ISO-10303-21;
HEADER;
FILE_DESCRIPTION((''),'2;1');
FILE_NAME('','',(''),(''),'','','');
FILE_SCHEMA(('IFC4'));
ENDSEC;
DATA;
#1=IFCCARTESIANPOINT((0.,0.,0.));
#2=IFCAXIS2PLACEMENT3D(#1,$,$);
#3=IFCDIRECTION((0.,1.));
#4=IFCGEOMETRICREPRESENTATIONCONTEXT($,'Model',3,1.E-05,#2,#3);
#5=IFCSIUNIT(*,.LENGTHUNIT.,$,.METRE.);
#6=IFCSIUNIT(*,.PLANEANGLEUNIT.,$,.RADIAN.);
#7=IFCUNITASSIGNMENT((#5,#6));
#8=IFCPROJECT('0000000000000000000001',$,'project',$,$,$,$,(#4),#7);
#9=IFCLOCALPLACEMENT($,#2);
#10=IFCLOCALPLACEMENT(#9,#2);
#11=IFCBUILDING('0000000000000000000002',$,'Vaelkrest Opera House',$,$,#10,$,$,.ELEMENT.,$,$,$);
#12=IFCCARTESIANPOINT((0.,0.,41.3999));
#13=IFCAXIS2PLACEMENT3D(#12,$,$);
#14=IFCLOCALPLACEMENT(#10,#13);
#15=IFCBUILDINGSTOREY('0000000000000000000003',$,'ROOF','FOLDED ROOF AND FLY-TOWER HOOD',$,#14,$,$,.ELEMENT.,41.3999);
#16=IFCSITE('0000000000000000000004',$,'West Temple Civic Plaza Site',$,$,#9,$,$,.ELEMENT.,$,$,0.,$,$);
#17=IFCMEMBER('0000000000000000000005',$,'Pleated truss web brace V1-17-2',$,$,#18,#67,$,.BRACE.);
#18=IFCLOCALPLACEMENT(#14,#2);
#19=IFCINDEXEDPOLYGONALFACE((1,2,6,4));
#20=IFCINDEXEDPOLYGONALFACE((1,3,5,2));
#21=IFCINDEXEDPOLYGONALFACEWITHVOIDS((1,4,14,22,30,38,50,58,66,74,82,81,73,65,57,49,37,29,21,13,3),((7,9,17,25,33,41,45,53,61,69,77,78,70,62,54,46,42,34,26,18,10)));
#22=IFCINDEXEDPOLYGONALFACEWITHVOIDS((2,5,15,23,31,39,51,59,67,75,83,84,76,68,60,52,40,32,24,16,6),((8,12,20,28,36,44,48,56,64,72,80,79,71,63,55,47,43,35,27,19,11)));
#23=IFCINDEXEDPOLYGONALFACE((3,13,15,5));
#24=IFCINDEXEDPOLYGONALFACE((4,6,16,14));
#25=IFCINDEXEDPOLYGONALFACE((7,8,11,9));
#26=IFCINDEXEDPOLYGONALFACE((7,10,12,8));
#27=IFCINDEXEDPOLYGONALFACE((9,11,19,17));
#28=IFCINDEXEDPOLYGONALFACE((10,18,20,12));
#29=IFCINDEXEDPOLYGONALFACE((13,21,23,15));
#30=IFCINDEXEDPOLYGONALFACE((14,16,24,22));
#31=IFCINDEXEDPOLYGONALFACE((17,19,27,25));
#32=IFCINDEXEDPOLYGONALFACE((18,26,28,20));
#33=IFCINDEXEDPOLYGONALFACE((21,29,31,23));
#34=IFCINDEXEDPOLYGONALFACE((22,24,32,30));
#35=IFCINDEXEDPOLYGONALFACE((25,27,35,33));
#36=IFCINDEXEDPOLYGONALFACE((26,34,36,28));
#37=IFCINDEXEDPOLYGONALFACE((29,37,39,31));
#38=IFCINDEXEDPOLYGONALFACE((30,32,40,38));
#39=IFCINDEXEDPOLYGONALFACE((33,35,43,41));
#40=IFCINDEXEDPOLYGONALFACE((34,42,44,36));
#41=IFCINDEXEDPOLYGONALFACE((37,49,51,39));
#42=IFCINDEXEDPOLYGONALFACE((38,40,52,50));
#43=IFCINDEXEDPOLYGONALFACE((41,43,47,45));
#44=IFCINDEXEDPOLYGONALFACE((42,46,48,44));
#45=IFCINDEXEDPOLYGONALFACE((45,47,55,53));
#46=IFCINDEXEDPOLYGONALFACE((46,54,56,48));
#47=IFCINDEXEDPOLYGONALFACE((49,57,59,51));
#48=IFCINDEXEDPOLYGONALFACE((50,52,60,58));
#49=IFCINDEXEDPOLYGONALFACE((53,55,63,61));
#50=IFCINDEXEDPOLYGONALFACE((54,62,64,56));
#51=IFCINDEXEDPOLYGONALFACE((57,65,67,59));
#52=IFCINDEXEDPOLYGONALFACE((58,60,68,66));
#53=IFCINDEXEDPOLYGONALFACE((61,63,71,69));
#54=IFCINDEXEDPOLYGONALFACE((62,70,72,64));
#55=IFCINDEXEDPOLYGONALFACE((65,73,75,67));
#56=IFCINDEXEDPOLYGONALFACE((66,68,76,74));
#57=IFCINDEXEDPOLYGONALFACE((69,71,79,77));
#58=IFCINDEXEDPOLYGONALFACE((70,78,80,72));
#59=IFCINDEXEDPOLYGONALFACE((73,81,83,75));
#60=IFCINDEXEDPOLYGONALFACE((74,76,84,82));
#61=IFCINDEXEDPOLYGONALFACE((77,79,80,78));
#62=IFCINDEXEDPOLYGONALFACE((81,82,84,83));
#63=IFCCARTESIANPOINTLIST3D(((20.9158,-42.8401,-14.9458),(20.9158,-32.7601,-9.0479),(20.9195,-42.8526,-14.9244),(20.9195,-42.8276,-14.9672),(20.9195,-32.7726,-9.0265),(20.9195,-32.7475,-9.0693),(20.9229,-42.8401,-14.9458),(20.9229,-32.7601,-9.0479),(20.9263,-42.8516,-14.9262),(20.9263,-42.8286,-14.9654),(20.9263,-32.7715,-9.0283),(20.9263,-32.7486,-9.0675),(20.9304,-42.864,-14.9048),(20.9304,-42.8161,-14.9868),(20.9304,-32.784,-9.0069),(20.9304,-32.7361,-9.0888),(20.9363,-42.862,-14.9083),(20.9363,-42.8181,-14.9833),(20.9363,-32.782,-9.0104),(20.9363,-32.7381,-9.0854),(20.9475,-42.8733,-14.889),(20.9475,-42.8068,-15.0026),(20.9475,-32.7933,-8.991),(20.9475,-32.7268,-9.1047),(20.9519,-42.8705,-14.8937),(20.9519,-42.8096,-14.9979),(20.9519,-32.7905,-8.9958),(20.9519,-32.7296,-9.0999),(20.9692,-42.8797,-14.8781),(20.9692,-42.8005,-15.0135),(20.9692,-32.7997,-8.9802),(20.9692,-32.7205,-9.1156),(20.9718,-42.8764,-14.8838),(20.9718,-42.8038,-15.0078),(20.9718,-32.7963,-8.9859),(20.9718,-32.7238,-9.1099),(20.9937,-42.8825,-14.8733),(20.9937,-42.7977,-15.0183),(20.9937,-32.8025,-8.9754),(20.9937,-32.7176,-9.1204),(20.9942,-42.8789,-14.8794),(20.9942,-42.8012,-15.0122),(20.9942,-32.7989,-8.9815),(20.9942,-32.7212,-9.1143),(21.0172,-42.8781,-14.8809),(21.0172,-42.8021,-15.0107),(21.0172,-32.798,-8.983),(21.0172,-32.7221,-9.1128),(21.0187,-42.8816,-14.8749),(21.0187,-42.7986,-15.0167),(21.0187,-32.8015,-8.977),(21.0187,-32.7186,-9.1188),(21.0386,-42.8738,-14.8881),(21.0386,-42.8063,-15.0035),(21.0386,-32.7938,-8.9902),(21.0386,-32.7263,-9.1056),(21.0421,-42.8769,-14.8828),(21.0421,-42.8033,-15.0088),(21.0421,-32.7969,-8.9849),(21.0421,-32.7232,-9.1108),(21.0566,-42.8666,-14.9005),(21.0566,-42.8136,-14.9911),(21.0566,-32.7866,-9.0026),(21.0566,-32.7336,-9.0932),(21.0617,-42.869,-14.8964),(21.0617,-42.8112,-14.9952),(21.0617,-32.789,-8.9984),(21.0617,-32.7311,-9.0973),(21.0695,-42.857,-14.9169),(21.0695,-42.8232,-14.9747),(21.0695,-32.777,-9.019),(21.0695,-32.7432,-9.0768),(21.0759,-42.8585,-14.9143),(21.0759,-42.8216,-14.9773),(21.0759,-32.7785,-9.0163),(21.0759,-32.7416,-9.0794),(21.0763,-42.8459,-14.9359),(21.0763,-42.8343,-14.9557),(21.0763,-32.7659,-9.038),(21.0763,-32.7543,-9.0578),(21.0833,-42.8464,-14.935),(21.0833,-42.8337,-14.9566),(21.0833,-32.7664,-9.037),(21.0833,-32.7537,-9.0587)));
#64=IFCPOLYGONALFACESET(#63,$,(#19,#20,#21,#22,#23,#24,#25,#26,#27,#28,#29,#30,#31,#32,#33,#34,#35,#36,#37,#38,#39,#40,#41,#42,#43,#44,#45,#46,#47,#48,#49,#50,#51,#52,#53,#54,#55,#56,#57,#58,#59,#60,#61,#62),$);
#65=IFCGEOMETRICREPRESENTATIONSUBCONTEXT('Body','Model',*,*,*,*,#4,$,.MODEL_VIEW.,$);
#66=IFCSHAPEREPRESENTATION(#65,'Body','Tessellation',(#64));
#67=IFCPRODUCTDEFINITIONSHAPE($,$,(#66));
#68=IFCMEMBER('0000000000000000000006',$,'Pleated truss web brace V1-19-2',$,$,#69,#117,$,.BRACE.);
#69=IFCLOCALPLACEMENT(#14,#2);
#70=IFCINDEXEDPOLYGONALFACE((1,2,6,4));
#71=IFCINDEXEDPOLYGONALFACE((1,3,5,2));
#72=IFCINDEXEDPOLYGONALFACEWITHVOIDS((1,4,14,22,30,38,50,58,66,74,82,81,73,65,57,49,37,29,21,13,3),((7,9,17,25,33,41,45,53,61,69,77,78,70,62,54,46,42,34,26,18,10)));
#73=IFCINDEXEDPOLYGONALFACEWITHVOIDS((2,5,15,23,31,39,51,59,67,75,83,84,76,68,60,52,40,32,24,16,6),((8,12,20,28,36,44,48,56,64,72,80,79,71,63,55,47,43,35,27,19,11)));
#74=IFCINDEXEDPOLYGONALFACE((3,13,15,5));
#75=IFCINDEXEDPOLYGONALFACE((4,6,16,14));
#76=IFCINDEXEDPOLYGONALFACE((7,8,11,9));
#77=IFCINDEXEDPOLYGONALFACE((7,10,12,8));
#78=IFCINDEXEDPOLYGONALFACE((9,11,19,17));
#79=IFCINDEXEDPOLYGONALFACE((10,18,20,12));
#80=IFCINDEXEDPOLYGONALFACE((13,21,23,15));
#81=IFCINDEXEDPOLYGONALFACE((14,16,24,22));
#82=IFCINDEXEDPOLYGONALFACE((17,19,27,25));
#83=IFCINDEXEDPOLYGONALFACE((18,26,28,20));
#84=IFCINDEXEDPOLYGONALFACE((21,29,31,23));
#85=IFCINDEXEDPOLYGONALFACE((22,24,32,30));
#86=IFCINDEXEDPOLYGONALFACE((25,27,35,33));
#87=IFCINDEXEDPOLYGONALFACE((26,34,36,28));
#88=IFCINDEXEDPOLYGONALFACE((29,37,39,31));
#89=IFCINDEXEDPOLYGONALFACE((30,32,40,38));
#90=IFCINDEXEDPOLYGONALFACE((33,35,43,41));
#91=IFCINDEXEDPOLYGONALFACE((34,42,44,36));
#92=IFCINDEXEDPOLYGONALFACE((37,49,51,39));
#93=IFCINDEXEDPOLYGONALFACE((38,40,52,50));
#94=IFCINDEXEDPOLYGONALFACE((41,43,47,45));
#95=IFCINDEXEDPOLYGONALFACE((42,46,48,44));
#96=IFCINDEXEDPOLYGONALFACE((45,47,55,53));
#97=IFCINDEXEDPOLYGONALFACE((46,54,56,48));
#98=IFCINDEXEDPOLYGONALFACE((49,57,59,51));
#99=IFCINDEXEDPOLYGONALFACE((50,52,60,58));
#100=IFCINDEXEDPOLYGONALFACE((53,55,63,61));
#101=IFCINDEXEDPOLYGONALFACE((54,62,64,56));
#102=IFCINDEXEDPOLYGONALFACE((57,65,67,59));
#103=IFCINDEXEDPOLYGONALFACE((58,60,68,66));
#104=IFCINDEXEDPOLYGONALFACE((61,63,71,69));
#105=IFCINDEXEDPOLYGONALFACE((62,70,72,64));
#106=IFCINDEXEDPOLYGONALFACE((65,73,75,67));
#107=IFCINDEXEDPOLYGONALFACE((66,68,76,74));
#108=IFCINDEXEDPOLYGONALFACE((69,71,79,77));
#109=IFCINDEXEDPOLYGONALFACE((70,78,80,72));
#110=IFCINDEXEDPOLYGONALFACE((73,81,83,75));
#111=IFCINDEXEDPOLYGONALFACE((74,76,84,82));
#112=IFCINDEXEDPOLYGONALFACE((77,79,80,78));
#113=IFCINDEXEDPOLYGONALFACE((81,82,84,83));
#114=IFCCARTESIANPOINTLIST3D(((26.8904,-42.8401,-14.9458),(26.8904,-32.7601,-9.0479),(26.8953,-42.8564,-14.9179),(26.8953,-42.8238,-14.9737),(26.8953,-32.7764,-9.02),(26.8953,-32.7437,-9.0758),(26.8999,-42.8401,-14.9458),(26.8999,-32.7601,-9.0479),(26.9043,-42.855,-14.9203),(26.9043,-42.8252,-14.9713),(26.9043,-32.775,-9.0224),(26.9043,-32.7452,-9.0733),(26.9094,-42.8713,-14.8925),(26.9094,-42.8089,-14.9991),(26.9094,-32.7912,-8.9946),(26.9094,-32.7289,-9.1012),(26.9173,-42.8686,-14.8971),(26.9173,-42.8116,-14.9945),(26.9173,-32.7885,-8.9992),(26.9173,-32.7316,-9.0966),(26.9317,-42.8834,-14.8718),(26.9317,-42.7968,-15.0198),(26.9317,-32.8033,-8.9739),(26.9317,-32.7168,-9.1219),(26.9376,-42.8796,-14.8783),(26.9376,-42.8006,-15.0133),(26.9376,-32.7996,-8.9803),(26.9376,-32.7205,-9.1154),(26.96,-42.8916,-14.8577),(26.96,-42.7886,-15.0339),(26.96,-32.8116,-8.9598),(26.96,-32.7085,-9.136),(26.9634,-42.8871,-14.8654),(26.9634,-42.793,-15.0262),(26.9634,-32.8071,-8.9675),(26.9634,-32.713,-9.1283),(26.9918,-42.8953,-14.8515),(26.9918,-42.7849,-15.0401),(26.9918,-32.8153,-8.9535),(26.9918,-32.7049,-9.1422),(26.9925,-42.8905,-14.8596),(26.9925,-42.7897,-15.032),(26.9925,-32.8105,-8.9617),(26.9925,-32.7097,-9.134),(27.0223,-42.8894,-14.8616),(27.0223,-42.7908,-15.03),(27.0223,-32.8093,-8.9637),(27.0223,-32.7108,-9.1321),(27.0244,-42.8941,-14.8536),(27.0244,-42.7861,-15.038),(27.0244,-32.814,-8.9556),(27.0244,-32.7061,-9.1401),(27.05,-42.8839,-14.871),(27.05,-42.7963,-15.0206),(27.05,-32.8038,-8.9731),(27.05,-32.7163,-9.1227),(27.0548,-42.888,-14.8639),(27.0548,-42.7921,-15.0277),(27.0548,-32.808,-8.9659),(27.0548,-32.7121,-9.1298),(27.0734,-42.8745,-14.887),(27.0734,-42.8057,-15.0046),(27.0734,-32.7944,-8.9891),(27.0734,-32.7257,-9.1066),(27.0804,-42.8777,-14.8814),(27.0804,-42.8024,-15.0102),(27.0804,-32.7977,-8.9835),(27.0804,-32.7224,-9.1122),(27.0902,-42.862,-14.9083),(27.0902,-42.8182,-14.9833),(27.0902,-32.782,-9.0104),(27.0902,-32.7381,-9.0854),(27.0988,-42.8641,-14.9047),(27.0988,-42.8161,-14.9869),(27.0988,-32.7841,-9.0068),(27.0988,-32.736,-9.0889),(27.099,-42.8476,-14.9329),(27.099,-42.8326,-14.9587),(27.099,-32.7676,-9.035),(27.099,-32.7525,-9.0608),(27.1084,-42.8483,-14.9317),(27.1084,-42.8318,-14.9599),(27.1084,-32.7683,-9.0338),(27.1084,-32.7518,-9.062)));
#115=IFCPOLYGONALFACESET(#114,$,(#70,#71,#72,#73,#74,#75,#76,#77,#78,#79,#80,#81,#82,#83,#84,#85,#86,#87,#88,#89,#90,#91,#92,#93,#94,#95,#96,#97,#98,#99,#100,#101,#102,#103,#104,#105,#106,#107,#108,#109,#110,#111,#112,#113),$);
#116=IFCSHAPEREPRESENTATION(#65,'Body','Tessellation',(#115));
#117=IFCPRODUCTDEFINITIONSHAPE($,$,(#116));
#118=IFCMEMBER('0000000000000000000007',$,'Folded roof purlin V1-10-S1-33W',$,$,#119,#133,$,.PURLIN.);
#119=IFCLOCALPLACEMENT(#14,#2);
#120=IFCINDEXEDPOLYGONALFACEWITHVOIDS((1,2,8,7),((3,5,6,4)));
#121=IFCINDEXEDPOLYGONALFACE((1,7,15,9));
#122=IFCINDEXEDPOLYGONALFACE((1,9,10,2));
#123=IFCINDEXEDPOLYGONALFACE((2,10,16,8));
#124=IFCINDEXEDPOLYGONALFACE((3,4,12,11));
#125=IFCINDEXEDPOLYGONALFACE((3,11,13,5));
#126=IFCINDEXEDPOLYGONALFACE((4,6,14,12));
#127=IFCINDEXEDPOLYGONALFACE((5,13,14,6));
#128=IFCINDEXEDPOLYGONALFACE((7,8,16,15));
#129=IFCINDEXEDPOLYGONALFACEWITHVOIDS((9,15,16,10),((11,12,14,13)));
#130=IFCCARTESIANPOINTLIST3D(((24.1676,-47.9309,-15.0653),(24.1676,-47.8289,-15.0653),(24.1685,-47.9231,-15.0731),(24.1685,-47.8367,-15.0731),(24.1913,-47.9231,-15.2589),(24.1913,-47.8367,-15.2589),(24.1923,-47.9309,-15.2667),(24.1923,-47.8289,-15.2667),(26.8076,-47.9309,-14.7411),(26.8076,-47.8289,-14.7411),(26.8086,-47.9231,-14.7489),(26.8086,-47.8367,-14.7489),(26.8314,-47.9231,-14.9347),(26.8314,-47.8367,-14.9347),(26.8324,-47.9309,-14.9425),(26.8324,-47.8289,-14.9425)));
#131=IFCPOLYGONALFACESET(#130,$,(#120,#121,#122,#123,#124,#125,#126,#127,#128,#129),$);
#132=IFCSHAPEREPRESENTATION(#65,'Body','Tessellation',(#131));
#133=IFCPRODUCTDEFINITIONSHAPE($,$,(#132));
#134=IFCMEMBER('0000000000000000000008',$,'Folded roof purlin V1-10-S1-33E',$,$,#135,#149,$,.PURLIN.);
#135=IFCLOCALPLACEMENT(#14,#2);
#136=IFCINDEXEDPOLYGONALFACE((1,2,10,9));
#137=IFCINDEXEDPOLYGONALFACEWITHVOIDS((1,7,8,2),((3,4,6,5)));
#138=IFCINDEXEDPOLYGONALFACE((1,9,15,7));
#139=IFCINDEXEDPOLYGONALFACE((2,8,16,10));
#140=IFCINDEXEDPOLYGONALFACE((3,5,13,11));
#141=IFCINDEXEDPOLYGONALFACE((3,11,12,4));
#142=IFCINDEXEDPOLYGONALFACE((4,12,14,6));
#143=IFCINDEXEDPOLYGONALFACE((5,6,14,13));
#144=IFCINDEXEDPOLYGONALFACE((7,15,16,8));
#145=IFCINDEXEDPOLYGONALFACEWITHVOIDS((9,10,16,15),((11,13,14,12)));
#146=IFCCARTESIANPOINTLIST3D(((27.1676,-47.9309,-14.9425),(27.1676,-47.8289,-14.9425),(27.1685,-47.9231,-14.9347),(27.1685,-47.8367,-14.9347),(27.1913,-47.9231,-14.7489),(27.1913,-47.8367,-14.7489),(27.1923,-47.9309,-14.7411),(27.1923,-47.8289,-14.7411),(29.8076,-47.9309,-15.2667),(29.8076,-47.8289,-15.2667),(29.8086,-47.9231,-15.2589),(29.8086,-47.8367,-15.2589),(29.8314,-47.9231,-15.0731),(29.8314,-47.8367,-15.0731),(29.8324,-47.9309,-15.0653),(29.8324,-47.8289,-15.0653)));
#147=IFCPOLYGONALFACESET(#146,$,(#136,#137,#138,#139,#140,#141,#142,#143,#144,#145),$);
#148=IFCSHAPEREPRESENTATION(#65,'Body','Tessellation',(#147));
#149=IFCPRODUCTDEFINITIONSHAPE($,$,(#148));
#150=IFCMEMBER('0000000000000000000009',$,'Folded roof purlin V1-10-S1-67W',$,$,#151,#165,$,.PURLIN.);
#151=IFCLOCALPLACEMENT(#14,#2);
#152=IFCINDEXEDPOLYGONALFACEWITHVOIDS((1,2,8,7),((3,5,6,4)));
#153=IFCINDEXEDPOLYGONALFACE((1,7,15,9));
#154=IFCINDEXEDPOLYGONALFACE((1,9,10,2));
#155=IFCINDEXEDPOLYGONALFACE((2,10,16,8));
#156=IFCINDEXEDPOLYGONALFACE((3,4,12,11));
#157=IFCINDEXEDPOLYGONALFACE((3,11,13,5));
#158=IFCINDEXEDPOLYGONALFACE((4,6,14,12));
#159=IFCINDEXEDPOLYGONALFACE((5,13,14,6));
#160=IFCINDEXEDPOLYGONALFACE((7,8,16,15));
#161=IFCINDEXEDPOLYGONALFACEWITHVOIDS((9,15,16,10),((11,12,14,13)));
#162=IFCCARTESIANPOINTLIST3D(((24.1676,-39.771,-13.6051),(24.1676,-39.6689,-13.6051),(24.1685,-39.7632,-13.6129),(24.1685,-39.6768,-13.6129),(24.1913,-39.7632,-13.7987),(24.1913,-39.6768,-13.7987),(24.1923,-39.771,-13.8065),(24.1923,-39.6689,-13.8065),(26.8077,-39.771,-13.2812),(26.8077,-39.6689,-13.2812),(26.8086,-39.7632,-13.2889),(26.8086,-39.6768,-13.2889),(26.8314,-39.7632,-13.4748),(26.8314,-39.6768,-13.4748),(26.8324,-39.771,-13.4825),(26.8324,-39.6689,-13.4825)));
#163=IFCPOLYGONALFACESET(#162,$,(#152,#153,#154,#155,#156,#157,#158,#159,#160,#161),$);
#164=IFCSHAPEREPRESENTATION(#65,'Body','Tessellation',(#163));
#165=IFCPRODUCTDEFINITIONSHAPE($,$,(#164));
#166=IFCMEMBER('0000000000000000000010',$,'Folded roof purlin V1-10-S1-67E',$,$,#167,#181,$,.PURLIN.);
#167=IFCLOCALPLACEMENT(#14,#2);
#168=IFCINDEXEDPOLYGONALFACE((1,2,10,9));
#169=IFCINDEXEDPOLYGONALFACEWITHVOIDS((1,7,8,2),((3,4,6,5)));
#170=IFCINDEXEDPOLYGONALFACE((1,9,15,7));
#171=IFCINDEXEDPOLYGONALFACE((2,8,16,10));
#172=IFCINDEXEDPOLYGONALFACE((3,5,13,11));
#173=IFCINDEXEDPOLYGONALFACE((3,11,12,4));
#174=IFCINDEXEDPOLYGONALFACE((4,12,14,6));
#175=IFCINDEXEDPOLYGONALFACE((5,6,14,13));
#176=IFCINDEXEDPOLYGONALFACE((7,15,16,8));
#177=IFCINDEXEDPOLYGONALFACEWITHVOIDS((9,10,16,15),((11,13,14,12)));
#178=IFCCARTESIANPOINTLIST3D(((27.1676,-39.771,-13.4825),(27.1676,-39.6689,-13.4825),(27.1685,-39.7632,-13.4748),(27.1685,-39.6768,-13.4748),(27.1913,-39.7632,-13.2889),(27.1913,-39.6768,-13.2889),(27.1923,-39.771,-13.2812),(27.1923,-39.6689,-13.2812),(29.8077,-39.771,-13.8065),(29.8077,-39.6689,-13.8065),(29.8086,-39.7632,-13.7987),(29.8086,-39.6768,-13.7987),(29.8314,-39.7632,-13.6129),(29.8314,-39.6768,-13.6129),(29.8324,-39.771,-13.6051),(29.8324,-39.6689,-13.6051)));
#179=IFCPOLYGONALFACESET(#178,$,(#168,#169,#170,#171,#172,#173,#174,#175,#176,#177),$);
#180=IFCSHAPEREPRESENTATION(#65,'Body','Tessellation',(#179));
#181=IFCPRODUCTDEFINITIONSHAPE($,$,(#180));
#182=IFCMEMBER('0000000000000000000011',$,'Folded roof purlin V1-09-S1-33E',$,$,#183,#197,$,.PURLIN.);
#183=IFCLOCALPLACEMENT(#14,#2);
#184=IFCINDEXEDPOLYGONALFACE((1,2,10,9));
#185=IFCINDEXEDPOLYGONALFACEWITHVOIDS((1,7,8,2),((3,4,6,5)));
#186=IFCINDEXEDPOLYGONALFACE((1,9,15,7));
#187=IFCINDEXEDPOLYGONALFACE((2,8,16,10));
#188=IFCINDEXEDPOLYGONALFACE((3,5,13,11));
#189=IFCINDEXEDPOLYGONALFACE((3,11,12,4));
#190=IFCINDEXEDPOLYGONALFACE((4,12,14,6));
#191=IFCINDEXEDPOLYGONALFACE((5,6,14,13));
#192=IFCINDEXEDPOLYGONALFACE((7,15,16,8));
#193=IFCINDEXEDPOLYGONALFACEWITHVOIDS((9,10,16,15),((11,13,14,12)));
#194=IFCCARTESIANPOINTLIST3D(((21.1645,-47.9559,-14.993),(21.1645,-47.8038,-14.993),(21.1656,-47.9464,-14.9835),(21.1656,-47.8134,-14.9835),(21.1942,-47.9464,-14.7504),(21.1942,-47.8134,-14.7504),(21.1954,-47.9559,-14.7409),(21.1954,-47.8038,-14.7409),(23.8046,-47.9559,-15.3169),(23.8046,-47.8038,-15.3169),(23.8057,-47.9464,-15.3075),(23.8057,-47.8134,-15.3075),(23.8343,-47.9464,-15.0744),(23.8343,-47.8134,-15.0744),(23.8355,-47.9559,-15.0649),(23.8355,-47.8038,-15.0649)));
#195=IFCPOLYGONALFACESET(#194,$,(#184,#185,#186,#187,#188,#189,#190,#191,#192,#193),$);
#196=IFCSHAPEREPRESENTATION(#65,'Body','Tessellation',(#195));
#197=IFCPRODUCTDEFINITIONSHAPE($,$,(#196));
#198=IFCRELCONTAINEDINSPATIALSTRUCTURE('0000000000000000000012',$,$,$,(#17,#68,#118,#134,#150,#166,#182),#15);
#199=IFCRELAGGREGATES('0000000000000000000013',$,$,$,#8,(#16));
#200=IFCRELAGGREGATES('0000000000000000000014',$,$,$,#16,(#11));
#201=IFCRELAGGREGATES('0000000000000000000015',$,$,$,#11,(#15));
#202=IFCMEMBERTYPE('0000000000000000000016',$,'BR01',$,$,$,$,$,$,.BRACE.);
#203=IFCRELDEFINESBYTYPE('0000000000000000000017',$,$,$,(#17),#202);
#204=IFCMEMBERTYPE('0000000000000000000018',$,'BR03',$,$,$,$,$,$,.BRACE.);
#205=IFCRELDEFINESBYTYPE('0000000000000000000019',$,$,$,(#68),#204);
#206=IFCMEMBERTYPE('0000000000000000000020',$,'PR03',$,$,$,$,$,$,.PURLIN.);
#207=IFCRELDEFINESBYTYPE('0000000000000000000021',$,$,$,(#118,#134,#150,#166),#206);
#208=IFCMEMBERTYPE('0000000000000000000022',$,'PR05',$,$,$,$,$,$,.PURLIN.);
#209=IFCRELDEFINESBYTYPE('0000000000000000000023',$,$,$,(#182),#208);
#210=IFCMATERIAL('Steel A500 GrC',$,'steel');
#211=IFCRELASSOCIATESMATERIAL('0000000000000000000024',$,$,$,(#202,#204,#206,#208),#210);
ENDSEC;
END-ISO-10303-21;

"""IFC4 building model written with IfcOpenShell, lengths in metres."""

from ifc_helpers import new_model, si_unit, direction, frame, origin, origin_2d, place, context, subcontext, project, spatial, hollow_rectangle, hollow_circle, extrude, material, material_profile, profile_set, type_object, element, save


model = new_model("IFC4")

# Units and contexts
model_context = context("Model", 3, precision=1e-05, world=origin(), true_north=direction((0.0, 1.0)))
body_context = subcontext(model_context, "Body", "Model", "MODEL_VIEW")
ifc_project = project(units=[si_unit("LENGTHUNIT", "METRE"), si_unit("PLANEANGLEUNIT", "RADIAN")], contexts=[model_context])

# Site, building, storey
site_placement = place(None, origin())
site = spatial("IfcSite", under=ifc_project, at=site_placement, Name="West Temple Civic Plaza Site", CompositionType="ELEMENT", RefElevation=0.0)
building_placement = place(site_placement, origin())
building = spatial("IfcBuilding", under=site, at=building_placement, Name="Vaelkrest Opera House", CompositionType="ELEMENT")
storey_placement = place(building_placement, frame((0.0, 0.0, 41.3999)))
storey = spatial("IfcBuildingStorey", under=building, at=storey_placement, Name="ROOF", Description="FOLDED ROOF AND FLY-TOWER HOOD", CompositionType="ELEMENT", Elevation=41.3999)

# Members
ifc_material_1 = material(Name="Steel A500 GrC", Category="steel")
ifc_material_profile_1 = material_profile(ifc_material_1, hollow_circle(Radius=0.0842, WallThickness=0.0071, at=origin_2d()), Name="HSS168.3X7.1")
ifc_profile_set_1 = profile_set([ifc_material_profile_1], Name="Steel A500 GrC")
member_type_1 = type_object("IfcMemberType", Name="BR01", PredefinedType="BRACE", material=ifc_profile_set_1)
member_1_placement = place(storey_placement, frame((21.0, -42.8401, -14.9458), z_axis=(0.0, 0.863111, 0.505014), x_axis=(-1.0, 0.0, 0.0)))
element("IfcMember", 1, at=member_1_placement, inside=storey, type_object=member_type_1, Name="Pleated truss web brace V1-17-2", PredefinedType="BRACE", context=body_context, shape_type="SweptSolid", body=[
    extrude(hollow_circle(Radius=0.0842, WallThickness=0.0071, at=origin_2d()), origin(), (0.0, 0.0, 1.0), 11.6787),
])
ifc_material_profile_2 = material_profile(ifc_material_1, hollow_circle(Radius=0.1096, WallThickness=0.0095, at=origin_2d()), Name="HSS219.1X9.5")
ifc_profile_set_2 = profile_set([ifc_material_profile_2], Name="Steel A500 GrC")
member_type_2 = type_object("IfcMemberType", Name="BR03", PredefinedType="BRACE", material=ifc_profile_set_2)
member_2_placement = place(storey_placement, frame((27.0, -42.8401, -14.9458), z_axis=(0.0, 0.863111, 0.505014), x_axis=(-1.0, 0.0, 0.0)))
element("IfcMember", 2, at=member_2_placement, inside=storey, type_object=member_type_2, Name="Pleated truss web brace V1-19-2", PredefinedType="BRACE", context=body_context, shape_type="SweptSolid", body=[
    extrude(hollow_circle(Radius=0.1096, WallThickness=0.0095, at=origin_2d()), origin(), (0.0, 0.0, 1.0), 11.6787),
])
ifc_material_profile_3 = material_profile(ifc_material_1, hollow_rectangle(XDim=0.1021, YDim=0.2029, WallThickness=0.0078, at=origin_2d()), Name="HSS203X102X8")
ifc_profile_set_3 = profile_set([ifc_material_profile_3], Name="Steel A500 GrC")
member_type_3 = type_object("IfcMemberType", Name="PR03", PredefinedType="PURLIN", material=ifc_profile_set_3)
for number, where, z_axis, x_axis, name in (
    (3, (24.1799, -47.8799, -15.166), (0.992544, 0.0, 0.121888), (0.0, 1.0, 0.0), "Folded roof purlin V1-10-S1-33W"),
    (4, (27.1799, -47.8799, -14.8418), (0.992544, 0.0, -0.121888), (0.0, 1.0, 0.0), "Folded roof purlin V1-10-S1-33E"),
    (5, (24.1799, -39.72, -13.7058), (0.992555, 0.0, 0.121798), (0.0, 1.0, 0.0), "Folded roof purlin V1-10-S1-67W"),
    (6, (27.1799, -39.72, -13.3818), (0.992555, 0.0, -0.121798), (0.0, 1.0, 0.0), "Folded roof purlin V1-10-S1-67E"),
):
    element("IfcMember", number, at=place(storey_placement, frame(where, z_axis=z_axis, x_axis=x_axis)), inside=storey, type_object=member_type_3, Name=name, PredefinedType="PURLIN", context=body_context, shape_type="SweptSolid", body=[
        extrude(hollow_rectangle(XDim=0.1021, YDim=0.2029, WallThickness=0.0078, at=origin_2d()), origin(), (0.0, 0.0, 1.0), 2.6599),
    ])
ifc_material_profile_4 = material_profile(ifc_material_1, hollow_rectangle(XDim=0.1521, YDim=0.2539, WallThickness=0.0095, at=origin_2d()), Name="HSS254X152X9.5")
ifc_profile_set_4 = profile_set([ifc_material_profile_4], Name="Steel A500 GrC")
member_type_4 = type_object("IfcMemberType", Name="PR05", PredefinedType="PURLIN", material=ifc_profile_set_4)
for number, where, z_axis, x_axis, name in (
    (7, (21.1799, -47.8799, -14.8669), (0.992555, 0.0, -0.121798), (0.0, 1.0, 0.0), "Folded roof purlin V1-09-S1-33E"),
):
    element("IfcMember", number, at=place(storey_placement, frame(where, z_axis=z_axis, x_axis=x_axis)), inside=storey, type_object=member_type_4, Name=name, PredefinedType="PURLIN", context=body_context, shape_type="SweptSolid", body=[
        extrude(hollow_rectangle(XDim=0.1521, YDim=0.2539, WallThickness=0.0095, at=origin_2d()), origin(), (0.0, 0.0, 1.0), 2.6599),
    ])

save(model, "model.ifc")
